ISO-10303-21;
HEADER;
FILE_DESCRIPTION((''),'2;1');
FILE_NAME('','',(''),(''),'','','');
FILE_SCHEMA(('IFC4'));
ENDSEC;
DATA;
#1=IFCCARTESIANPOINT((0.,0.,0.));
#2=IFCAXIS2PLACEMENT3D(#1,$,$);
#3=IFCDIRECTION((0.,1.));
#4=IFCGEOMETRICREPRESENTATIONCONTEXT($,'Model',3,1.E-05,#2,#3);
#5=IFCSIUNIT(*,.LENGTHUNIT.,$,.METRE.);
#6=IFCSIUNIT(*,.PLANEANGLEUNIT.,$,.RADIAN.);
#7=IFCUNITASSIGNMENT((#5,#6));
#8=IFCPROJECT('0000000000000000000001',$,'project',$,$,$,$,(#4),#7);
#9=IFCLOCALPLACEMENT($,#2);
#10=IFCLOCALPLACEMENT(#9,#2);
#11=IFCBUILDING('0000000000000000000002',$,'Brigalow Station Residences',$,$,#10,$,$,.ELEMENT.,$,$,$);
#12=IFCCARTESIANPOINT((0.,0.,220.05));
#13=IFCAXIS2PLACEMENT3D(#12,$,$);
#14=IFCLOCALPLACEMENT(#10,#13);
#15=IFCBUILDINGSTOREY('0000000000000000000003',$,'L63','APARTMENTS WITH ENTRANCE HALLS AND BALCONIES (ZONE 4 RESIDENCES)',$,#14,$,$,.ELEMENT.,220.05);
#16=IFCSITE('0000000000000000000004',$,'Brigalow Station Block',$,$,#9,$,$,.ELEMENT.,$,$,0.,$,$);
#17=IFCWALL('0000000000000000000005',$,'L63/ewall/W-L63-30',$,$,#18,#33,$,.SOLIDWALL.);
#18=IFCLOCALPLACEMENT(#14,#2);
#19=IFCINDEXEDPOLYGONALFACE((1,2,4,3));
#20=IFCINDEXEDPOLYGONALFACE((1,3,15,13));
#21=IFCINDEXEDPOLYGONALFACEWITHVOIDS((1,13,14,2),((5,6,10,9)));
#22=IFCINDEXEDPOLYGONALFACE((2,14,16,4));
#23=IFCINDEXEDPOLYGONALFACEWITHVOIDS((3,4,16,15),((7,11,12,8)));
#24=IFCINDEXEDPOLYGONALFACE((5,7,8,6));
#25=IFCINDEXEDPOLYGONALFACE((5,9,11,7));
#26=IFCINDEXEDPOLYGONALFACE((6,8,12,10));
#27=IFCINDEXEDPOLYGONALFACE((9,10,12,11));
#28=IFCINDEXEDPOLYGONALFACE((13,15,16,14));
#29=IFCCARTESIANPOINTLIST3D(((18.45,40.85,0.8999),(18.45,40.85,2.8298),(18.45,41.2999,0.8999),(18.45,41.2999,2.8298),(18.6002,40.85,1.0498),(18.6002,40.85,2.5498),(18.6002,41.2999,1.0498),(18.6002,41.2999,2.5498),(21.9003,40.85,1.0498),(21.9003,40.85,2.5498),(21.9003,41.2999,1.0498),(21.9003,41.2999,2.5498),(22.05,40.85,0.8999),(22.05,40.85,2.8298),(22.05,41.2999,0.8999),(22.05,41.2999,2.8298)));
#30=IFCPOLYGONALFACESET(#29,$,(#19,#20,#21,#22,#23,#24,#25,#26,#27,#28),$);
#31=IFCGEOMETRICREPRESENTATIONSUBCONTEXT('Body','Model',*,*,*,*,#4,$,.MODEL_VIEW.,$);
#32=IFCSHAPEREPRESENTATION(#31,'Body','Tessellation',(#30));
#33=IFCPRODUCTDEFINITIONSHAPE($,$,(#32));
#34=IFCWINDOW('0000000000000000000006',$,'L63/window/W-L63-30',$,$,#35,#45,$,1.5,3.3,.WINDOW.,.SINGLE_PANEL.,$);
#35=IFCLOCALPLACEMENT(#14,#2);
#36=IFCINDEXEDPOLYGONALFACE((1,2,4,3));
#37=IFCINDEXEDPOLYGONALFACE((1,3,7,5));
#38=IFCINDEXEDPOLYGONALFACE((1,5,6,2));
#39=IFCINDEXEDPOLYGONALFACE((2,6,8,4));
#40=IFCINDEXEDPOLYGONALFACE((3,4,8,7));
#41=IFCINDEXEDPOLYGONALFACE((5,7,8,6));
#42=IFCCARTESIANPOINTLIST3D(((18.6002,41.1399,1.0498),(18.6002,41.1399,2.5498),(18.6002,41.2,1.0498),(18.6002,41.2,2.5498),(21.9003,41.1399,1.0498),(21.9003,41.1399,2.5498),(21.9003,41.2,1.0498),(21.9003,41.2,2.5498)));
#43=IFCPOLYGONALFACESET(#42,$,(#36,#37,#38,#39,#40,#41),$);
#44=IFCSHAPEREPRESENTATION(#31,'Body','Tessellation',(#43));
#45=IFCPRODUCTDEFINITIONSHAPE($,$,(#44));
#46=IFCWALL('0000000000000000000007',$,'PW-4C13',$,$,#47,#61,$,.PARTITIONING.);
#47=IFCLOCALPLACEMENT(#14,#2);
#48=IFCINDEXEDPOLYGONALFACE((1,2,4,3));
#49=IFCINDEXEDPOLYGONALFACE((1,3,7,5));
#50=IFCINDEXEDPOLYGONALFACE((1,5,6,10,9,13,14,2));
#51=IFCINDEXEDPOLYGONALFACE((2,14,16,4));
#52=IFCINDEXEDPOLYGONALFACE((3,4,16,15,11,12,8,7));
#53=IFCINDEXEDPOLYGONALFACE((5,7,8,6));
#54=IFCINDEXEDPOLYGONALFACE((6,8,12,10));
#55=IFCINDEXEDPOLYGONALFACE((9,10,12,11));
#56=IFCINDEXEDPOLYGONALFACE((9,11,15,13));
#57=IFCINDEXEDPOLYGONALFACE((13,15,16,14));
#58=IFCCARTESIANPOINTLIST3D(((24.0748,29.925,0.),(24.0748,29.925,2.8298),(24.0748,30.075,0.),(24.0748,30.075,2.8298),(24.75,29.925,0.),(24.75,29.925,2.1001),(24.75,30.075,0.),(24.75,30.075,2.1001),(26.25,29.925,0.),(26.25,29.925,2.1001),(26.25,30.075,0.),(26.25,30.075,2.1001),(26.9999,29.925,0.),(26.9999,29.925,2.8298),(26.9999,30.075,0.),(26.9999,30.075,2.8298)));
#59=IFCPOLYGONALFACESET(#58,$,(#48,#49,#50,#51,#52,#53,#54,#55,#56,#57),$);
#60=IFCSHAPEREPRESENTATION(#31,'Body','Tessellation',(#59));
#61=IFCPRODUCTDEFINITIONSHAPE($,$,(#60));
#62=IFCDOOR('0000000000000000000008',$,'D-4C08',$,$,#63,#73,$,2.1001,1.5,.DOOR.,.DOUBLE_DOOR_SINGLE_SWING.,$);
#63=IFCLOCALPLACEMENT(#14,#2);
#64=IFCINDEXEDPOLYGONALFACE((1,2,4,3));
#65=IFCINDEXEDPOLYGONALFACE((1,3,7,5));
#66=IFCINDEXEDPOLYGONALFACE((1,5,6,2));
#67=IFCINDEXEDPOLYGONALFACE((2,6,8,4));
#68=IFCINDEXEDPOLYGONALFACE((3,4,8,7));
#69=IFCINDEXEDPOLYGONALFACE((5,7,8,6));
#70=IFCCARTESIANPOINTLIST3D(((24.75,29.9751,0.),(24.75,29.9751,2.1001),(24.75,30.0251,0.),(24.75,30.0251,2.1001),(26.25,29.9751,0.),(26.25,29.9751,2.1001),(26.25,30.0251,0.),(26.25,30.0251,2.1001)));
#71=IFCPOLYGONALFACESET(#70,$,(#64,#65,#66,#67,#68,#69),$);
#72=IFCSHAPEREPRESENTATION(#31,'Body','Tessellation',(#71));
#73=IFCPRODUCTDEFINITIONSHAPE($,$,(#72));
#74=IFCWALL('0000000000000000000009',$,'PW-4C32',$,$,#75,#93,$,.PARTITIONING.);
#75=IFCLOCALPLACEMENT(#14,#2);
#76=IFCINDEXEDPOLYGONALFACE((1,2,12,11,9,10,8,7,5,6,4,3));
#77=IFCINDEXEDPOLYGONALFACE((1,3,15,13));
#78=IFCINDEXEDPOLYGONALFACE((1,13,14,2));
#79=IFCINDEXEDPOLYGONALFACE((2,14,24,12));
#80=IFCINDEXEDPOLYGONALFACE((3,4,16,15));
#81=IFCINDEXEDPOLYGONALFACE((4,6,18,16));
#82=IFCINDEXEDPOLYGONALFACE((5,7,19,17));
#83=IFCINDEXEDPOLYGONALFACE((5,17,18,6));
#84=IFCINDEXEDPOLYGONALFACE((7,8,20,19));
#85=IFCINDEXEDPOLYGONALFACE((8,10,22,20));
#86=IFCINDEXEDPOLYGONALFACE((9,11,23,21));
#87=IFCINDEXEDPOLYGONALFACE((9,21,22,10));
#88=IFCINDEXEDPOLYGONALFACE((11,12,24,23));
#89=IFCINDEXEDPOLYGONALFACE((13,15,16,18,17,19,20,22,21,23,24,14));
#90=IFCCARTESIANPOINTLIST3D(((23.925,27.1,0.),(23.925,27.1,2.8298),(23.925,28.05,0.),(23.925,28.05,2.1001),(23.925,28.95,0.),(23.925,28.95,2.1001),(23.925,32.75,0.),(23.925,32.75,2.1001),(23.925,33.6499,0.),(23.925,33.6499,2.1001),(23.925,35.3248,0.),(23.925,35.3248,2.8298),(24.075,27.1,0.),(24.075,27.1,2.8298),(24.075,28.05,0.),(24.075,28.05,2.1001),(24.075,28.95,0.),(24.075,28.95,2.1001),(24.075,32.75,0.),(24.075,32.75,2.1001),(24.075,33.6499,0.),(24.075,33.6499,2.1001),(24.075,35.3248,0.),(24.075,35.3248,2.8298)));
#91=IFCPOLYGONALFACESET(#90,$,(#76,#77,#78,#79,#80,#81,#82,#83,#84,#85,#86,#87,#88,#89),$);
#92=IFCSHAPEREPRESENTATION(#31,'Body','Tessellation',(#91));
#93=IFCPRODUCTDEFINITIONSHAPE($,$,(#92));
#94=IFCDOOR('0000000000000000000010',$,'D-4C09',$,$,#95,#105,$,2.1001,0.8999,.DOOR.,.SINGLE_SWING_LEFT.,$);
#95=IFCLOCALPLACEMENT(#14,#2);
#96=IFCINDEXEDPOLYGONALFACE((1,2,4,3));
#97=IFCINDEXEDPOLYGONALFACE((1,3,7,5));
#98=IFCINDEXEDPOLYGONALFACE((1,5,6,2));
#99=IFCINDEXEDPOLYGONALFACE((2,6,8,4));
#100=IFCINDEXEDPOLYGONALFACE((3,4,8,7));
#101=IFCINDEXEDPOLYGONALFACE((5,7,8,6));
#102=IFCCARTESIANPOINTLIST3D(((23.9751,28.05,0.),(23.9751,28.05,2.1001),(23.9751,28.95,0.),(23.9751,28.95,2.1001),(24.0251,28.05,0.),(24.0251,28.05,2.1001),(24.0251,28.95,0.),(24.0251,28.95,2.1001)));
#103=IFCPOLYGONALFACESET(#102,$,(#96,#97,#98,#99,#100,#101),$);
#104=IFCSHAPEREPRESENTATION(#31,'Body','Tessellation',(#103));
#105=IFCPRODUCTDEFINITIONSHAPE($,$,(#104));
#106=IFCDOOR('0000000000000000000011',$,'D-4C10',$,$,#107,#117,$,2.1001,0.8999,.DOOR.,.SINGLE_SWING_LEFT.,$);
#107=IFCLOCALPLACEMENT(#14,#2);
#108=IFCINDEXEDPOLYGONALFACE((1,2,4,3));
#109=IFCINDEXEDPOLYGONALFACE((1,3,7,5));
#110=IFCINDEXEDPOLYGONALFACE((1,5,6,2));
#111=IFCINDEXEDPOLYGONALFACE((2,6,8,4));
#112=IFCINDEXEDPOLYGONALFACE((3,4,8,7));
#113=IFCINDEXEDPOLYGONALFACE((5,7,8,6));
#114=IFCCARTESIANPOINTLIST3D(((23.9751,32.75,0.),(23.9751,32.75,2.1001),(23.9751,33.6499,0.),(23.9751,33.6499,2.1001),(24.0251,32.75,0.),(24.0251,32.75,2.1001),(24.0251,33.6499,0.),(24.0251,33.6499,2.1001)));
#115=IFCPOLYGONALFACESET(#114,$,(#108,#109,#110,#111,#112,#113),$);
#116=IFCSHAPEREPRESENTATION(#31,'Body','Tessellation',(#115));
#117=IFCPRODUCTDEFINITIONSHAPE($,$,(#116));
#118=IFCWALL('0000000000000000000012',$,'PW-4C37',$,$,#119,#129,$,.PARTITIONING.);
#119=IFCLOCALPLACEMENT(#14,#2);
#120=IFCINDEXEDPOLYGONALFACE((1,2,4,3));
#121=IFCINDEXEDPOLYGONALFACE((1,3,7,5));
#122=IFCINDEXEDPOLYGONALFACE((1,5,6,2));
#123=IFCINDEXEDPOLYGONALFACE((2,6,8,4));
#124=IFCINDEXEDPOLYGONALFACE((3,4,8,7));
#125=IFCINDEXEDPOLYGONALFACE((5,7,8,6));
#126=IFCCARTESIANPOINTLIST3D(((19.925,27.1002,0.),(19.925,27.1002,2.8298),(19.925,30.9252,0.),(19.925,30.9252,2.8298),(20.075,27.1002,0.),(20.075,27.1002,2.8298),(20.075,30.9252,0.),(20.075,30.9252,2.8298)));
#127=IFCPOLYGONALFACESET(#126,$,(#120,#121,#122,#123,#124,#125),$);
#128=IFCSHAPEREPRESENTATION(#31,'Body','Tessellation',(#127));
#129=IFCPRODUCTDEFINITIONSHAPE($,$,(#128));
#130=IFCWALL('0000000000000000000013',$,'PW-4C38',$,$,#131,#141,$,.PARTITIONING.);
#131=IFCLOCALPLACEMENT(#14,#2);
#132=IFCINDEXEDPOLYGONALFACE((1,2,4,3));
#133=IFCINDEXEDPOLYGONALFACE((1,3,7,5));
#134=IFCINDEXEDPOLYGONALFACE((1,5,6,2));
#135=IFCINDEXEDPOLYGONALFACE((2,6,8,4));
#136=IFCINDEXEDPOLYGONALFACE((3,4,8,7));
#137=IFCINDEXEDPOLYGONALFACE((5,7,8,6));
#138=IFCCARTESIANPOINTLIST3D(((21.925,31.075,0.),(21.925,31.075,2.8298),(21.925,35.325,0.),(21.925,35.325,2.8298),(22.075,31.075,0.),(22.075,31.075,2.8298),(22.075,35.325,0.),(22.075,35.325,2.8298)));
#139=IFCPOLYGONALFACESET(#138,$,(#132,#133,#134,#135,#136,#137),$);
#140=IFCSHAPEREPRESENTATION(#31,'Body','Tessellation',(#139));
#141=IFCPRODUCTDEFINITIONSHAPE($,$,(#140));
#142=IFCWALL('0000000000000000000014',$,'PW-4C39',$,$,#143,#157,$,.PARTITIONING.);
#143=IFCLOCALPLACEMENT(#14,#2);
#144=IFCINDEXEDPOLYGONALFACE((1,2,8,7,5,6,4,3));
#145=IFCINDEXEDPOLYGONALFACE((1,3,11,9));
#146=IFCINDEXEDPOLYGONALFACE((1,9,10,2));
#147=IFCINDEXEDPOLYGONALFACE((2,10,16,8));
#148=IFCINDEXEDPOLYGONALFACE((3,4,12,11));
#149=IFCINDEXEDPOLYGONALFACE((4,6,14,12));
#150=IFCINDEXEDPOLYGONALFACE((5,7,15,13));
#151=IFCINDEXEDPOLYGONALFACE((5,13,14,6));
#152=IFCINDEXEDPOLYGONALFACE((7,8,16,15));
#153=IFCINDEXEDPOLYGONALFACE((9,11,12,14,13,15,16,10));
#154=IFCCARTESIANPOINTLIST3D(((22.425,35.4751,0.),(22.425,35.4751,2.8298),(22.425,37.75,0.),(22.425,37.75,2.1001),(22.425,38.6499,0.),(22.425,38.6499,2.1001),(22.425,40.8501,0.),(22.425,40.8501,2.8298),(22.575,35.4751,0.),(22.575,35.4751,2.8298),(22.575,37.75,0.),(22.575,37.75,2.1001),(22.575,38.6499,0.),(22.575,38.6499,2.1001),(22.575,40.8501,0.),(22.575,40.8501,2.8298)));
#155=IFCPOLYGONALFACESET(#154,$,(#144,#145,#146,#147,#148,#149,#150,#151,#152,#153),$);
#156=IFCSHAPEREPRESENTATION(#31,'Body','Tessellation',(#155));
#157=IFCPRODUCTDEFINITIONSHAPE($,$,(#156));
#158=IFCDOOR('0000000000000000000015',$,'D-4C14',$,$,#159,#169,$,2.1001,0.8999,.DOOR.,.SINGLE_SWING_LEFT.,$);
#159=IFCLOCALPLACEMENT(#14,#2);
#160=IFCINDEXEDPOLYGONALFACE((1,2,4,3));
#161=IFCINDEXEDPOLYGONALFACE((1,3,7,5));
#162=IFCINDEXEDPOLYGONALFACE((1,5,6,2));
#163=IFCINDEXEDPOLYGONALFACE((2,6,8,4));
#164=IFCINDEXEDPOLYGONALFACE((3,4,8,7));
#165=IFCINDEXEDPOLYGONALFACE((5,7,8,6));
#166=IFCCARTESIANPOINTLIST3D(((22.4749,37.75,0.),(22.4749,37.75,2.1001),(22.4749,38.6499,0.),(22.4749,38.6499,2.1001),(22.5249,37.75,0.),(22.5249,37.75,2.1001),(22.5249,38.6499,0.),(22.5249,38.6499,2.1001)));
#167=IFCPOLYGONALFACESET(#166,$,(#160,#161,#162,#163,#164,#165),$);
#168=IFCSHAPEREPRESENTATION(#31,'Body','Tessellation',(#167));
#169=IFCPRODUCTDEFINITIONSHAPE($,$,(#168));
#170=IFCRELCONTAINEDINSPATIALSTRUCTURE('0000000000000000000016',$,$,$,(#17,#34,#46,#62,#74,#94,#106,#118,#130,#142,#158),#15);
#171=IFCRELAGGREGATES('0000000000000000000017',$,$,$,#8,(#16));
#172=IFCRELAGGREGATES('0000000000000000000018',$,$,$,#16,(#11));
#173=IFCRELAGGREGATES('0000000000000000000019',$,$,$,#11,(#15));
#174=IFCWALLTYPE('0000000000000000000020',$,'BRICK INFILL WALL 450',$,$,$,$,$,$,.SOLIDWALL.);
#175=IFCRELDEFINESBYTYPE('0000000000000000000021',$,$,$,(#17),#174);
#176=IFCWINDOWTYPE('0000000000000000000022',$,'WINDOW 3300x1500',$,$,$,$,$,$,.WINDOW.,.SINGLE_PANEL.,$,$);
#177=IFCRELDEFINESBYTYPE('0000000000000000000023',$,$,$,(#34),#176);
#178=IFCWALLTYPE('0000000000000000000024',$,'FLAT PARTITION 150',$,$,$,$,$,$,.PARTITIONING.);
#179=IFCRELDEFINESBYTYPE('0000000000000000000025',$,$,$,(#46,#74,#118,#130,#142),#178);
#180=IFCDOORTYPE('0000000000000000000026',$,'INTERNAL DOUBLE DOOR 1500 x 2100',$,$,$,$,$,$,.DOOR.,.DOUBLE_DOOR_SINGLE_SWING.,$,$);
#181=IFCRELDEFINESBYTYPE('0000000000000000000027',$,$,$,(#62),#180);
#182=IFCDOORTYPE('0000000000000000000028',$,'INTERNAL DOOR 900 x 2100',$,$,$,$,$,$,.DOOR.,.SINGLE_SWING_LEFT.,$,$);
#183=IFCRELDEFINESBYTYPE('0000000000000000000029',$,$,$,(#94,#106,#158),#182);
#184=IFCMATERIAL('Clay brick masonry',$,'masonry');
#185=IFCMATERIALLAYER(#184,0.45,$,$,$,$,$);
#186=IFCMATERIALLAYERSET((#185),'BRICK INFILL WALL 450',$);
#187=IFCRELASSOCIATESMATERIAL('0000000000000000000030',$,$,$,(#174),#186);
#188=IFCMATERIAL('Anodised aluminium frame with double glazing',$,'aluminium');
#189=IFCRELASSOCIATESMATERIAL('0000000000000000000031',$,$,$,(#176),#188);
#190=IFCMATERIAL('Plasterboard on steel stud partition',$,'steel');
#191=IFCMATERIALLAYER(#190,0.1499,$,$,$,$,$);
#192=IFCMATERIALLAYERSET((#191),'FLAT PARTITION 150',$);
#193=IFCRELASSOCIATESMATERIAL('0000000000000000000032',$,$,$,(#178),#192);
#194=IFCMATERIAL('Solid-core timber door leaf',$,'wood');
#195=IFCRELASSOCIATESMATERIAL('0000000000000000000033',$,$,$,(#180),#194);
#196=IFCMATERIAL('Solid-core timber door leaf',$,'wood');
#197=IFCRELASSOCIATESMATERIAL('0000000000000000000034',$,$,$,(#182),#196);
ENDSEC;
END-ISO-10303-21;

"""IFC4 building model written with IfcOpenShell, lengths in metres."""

from ifc_helpers import new_model, si_unit, direction, frame, frame_2d, origin, place, context, subcontext, project, spatial, rectangle, extrude, material, layer, layer_set, type_object, element, fill, save


model = new_model("IFC4")

# Units and contexts
model_context = context("Model", 3, precision=1e-05, world=origin(), true_north=direction((0.0, 1.0)))
body_context = subcontext(model_context, "Body", "Model", "MODEL_VIEW")
ifc_project = project(units=[si_unit("LENGTHUNIT", "METRE"), si_unit("PLANEANGLEUNIT", "RADIAN")], contexts=[model_context])

# Site, building, storey
site_placement = place(None, origin())
site = spatial("IfcSite", under=ifc_project, at=site_placement, Name="Brigalow Station Block", CompositionType="ELEMENT", RefElevation=0.0)
building_placement = place(site_placement, origin())
building = spatial("IfcBuilding", under=site, at=building_placement, Name="Brigalow Station Residences", CompositionType="ELEMENT")
storey_placement = place(building_placement, frame((0.0, 0.0, 220.05)))
storey = spatial("IfcBuildingStorey", under=building, at=storey_placement, Name="L63", Description="APARTMENTS WITH ENTRANCE HALLS AND BALCONIES (ZONE 4 RESIDENCES)", CompositionType="ELEMENT", Elevation=220.05)

# Wall, opening, window
ifc_material_1 = material(Name="Clay brick masonry", Category="masonry")
ifc_layer_1 = layer(ifc_material_1, 0.45)
ifc_layer_set_1 = layer_set([ifc_layer_1], Name="BRICK INFILL WALL 450")
wall_type_1 = type_object("IfcWallType", Name="BRICK INFILL WALL 450", PredefinedType="SOLIDWALL", material=ifc_layer_set_1)
ifc_material_2 = material(Name="Anodised aluminium frame with double glazing", Category="aluminium")
window_type = type_object("IfcWindowType", Name="WINDOW 3300x1500", PartitioningType="SINGLE_PANEL", PredefinedType="WINDOW", material=ifc_material_2)
wall_1_placement = place(storey_placement, frame((22.05, 41.075, 0.8999), z_axis=(0.0, 0.0, 1.0), x_axis=(-1.0, 0.0, 0.0)))
wall_1 = element("IfcWall", 1, at=wall_1_placement, inside=storey, type_object=wall_type_1, Name="L63/ewall/W-L63-30", PredefinedType="SOLIDWALL", context=body_context, shape_type="SweptSolid", body=[
    extrude(rectangle(XDim=3.6001, YDim=0.45, at=frame_2d((1.8, 0.0))), origin(), (0.0, 0.0, 1.0), 1.9299),
])
opening_1_placement = place(wall_1_placement, frame((0.1499, 0.0, 0.1499)))
opening_1 = element("IfcOpeningElement", 2, at=opening_1_placement, cuts=wall_1, PredefinedType="OPENING", context=body_context, shape_type="SweptSolid", body=[
    extrude(rectangle(XDim=3.3, YDim=1.5, at=frame_2d((1.6499, 0.75))), frame((0.0, 0.2349, 0.0), z_axis=(0.0, -1.0, 0.0), x_axis=(1.0, 0.0, 0.0)), (0.0, 0.0, 1.0), 0.47),
])
window_1_placement = place(opening_1_placement, origin())
window_1 = element("IfcWindow", 3, at=window_1_placement, inside=storey, type_object=window_type, Name="L63/window/W-L63-30", OverallHeight=1.5, OverallWidth=3.3, PartitioningType="SINGLE_PANEL", PredefinedType="WINDOW", context=body_context, shape_type="SweptSolid", body=[
    extrude(rectangle(XDim=3.3, YDim=1.5, at=frame_2d((1.6499, 0.75))), frame((0.0, -0.0649, 0.0), z_axis=(0.0, -1.0, 0.0), x_axis=(1.0, 0.0, 0.0)), (0.0, 0.0, 1.0), 0.0601),
])
fill(opening_1, window_1)

# Wall, opening, door
ifc_material_3 = material(Name="Plasterboard on steel stud partition", Category="steel")
ifc_layer_2 = layer(ifc_material_3, 0.1499)
ifc_layer_set_2 = layer_set([ifc_layer_2], Name="FLAT PARTITION 150")
wall_type_2 = type_object("IfcWallType", Name="FLAT PARTITION 150", PredefinedType="PARTITIONING", material=ifc_layer_set_2)
wall_2_placement = place(storey_placement, frame((24.075, 30.0, 0.0), z_axis=(0.0, 0.0, 1.0), x_axis=(1.0, 0.0, 0.0)))
wall_2 = element("IfcWall", 4, at=wall_2_placement, inside=storey, type_object=wall_type_2, Name="PW-4C13", PredefinedType="PARTITIONING", context=body_context, shape_type="SweptSolid", body=[
    extrude(rectangle(XDim=2.925, YDim=0.1499, at=frame_2d((1.4624, 0.0))), origin(), (0.0, 0.0, 1.0), 2.8298),
])
opening_2_placement = place(wall_2_placement, frame((0.675, 0.0, 0.0)))
opening_2 = element("IfcOpeningElement", 5, at=opening_2_placement, cuts=wall_2, PredefinedType="OPENING", context=body_context, shape_type="SweptSolid", body=[
    extrude(rectangle(XDim=1.5, YDim=2.1001, at=frame_2d((0.75, 1.05))), frame((0.0, 0.085, 0.0), z_axis=(0.0, -1.0, 0.0), x_axis=(1.0, 0.0, 0.0)), (0.0, 0.0, 1.0), 0.1699),
])
ifc_material_4 = material(Name="Solid-core timber door leaf", Category="wood")
door_type_1 = type_object("IfcDoorType", Name="INTERNAL DOUBLE DOOR 1500 x 2100", OperationType="DOUBLE_DOOR_SINGLE_SWING", PredefinedType="DOOR", material=ifc_material_4)
door_1_placement = place(opening_2_placement, frame((1.5, 0.0, 0.0), z_axis=(0.0, 0.0, 1.0), x_axis=(-1.0, 0.0, 0.0)))
door_1 = element("IfcDoor", 6, at=door_1_placement, inside=storey, type_object=door_type_1, Name="D-4C08", OperationType="DOUBLE_DOOR_SINGLE_SWING", OverallHeight=2.1001, OverallWidth=1.5, PredefinedType="DOOR", context=body_context, shape_type="SweptSolid", body=[
    extrude(rectangle(XDim=1.5, YDim=2.1001, at=frame_2d((0.75, 1.05))), frame((0.0, 0.0249, 0.0), z_axis=(0.0, -1.0, 0.0), x_axis=(1.0, 0.0, 0.0)), (0.0, 0.0, 1.0), 0.05),
])
fill(opening_2, door_1)

# Wall, openings, doors
wall_3_placement = place(storey_placement, frame((24.0, 27.1001, 0.0), z_axis=(0.0, 0.0, 1.0), x_axis=(0.0, 1.0, 0.0)))
wall_3 = element("IfcWall", 7, at=wall_3_placement, inside=storey, type_object=wall_type_2, Name="PW-4C32", PredefinedType="PARTITIONING", context=body_context, shape_type="SweptSolid", body=[
    extrude(rectangle(XDim=8.2249, YDim=0.1499, at=frame_2d((4.1123, 0.0))), origin(), (0.0, 0.0, 1.0), 2.8298),
])
opening_3_placement = place(wall_3_placement, frame((0.95, 0.0, 0.0)))
opening_3 = element("IfcOpeningElement", 8, at=opening_3_placement, cuts=wall_3, PredefinedType="OPENING", context=body_context, shape_type="SweptSolid", body=[
    extrude(rectangle(XDim=0.8999, YDim=2.1001, at=frame_2d((0.45, 1.05))), frame((0.0, 0.085, 0.0), z_axis=(0.0, -1.0, 0.0), x_axis=(1.0, 0.0, 0.0)), (0.0, 0.0, 1.0), 0.1699),
])
opening_4_placement = place(wall_3_placement, frame((5.6499, 0.0, 0.0)))
opening_4 = element("IfcOpeningElement", 9, at=opening_4_placement, cuts=wall_3, PredefinedType="OPENING", context=body_context, shape_type="SweptSolid", body=[
    extrude(rectangle(XDim=0.8999, YDim=2.1001, at=frame_2d((0.45, 1.05))), frame((0.0, 0.085, 0.0), z_axis=(0.0, -1.0, 0.0), x_axis=(1.0, 0.0, 0.0)), (0.0, 0.0, 1.0), 0.1699),
])
ifc_material_5 = material(Name="Solid-core timber door leaf", Category="wood")
door_type_2 = type_object("IfcDoorType", Name="INTERNAL DOOR 900 x 2100", OperationType="SINGLE_SWING_LEFT", PredefinedType="DOOR", material=ifc_material_5)
door_2_placement = place(opening_3_placement, origin())
door_2 = element("IfcDoor", 10, at=door_2_placement, inside=storey, type_object=door_type_2, Name="D-4C09", OperationType="SINGLE_SWING_LEFT", OverallHeight=2.1001, OverallWidth=0.8999, PredefinedType="DOOR", context=body_context, shape_type="SweptSolid", body=[
    extrude(rectangle(XDim=0.8999, YDim=2.1001, at=frame_2d((0.45, 1.05))), frame((0.0, 0.0249, 0.0), z_axis=(0.0, -1.0, 0.0), x_axis=(1.0, 0.0, 0.0)), (0.0, 0.0, 1.0), 0.05),
])
fill(opening_3, door_2)
door_3_placement = place(opening_4_placement, origin())
door_3 = element("IfcDoor", 11, at=door_3_placement, inside=storey, type_object=door_type_2, Name="D-4C10", OperationType="SINGLE_SWING_LEFT", OverallHeight=2.1001, OverallWidth=0.8999, PredefinedType="DOOR", context=body_context, shape_type="SweptSolid", body=[
    extrude(rectangle(XDim=0.8999, YDim=2.1001, at=frame_2d((0.45, 1.05))), frame((0.0, 0.0249, 0.0), z_axis=(0.0, -1.0, 0.0), x_axis=(1.0, 0.0, 0.0)), (0.0, 0.0, 1.0), 0.05),
])
fill(opening_4, door_3)

# Walls
wall_4_placement = place(storey_placement, frame((20.0, 27.1001, 0.0), z_axis=(0.0, 0.0, 1.0), x_axis=(0.0, 1.0, 0.0)))
element("IfcWall", 12, at=wall_4_placement, inside=storey, type_object=wall_type_2, Name="PW-4C37", PredefinedType="PARTITIONING", context=body_context, shape_type="SweptSolid", body=[
    extrude(rectangle(XDim=3.825, YDim=0.1499, at=frame_2d((1.9126, 0.0))), origin(), (0.0, 0.0, 1.0), 2.8298),
])
wall_5_placement = place(storey_placement, frame((22.0, 31.075, 0.0), z_axis=(0.0, 0.0, 1.0), x_axis=(0.0, 1.0, 0.0)))
element("IfcWall", 13, at=wall_5_placement, inside=storey, type_object=wall_type_2, Name="PW-4C38", PredefinedType="PARTITIONING", context=body_context, shape_type="SweptSolid", body=[
    extrude(rectangle(XDim=4.25, YDim=0.1499, at=frame_2d((2.125, 0.0))), origin(), (0.0, 0.0, 1.0), 2.8298),
])

# Wall, opening, door
wall_6_placement = place(storey_placement, frame((22.5, 35.4751, 0.0), z_axis=(0.0, 0.0, 1.0), x_axis=(0.0, 1.0, 0.0)))
wall_6 = element("IfcWall", 14, at=wall_6_placement, inside=storey, type_object=wall_type_2, Name="PW-4C39", PredefinedType="PARTITIONING", context=body_context, shape_type="SweptSolid", body=[
    extrude(rectangle(XDim=5.375, YDim=0.1499, at=frame_2d((2.6875, 0.0))), origin(), (0.0, 0.0, 1.0), 2.8298),
])
opening_5_placement = place(wall_6_placement, frame((2.2749, 0.0, 0.0)))
opening_5 = element("IfcOpeningElement", 15, at=opening_5_placement, cuts=wall_6, PredefinedType="OPENING", context=body_context, shape_type="SweptSolid", body=[
    extrude(rectangle(XDim=0.8999, YDim=2.1001, at=frame_2d((0.45, 1.05))), frame((0.0, 0.085, 0.0), z_axis=(0.0, -1.0, 0.0), x_axis=(1.0, 0.0, 0.0)), (0.0, 0.0, 1.0), 0.1699),
])
door_4_placement = place(opening_5_placement, frame((0.8999, 0.0, 0.0), z_axis=(0.0, 0.0, 1.0), x_axis=(-1.0, 0.0, 0.0)))
door_4 = element("IfcDoor", 16, at=door_4_placement, inside=storey, type_object=door_type_2, Name="D-4C14", OperationType="SINGLE_SWING_LEFT", OverallHeight=2.1001, OverallWidth=0.8999, PredefinedType="DOOR", context=body_context, shape_type="SweptSolid", body=[
    extrude(rectangle(XDim=0.8999, YDim=2.1001, at=frame_2d((0.45, 1.05))), frame((0.0, 0.0249, 0.0), z_axis=(0.0, -1.0, 0.0), x_axis=(1.0, 0.0, 0.0)), (0.0, 0.0, 1.0), 0.05),
])
fill(opening_5, door_4)

save(model, "model.ifc")
